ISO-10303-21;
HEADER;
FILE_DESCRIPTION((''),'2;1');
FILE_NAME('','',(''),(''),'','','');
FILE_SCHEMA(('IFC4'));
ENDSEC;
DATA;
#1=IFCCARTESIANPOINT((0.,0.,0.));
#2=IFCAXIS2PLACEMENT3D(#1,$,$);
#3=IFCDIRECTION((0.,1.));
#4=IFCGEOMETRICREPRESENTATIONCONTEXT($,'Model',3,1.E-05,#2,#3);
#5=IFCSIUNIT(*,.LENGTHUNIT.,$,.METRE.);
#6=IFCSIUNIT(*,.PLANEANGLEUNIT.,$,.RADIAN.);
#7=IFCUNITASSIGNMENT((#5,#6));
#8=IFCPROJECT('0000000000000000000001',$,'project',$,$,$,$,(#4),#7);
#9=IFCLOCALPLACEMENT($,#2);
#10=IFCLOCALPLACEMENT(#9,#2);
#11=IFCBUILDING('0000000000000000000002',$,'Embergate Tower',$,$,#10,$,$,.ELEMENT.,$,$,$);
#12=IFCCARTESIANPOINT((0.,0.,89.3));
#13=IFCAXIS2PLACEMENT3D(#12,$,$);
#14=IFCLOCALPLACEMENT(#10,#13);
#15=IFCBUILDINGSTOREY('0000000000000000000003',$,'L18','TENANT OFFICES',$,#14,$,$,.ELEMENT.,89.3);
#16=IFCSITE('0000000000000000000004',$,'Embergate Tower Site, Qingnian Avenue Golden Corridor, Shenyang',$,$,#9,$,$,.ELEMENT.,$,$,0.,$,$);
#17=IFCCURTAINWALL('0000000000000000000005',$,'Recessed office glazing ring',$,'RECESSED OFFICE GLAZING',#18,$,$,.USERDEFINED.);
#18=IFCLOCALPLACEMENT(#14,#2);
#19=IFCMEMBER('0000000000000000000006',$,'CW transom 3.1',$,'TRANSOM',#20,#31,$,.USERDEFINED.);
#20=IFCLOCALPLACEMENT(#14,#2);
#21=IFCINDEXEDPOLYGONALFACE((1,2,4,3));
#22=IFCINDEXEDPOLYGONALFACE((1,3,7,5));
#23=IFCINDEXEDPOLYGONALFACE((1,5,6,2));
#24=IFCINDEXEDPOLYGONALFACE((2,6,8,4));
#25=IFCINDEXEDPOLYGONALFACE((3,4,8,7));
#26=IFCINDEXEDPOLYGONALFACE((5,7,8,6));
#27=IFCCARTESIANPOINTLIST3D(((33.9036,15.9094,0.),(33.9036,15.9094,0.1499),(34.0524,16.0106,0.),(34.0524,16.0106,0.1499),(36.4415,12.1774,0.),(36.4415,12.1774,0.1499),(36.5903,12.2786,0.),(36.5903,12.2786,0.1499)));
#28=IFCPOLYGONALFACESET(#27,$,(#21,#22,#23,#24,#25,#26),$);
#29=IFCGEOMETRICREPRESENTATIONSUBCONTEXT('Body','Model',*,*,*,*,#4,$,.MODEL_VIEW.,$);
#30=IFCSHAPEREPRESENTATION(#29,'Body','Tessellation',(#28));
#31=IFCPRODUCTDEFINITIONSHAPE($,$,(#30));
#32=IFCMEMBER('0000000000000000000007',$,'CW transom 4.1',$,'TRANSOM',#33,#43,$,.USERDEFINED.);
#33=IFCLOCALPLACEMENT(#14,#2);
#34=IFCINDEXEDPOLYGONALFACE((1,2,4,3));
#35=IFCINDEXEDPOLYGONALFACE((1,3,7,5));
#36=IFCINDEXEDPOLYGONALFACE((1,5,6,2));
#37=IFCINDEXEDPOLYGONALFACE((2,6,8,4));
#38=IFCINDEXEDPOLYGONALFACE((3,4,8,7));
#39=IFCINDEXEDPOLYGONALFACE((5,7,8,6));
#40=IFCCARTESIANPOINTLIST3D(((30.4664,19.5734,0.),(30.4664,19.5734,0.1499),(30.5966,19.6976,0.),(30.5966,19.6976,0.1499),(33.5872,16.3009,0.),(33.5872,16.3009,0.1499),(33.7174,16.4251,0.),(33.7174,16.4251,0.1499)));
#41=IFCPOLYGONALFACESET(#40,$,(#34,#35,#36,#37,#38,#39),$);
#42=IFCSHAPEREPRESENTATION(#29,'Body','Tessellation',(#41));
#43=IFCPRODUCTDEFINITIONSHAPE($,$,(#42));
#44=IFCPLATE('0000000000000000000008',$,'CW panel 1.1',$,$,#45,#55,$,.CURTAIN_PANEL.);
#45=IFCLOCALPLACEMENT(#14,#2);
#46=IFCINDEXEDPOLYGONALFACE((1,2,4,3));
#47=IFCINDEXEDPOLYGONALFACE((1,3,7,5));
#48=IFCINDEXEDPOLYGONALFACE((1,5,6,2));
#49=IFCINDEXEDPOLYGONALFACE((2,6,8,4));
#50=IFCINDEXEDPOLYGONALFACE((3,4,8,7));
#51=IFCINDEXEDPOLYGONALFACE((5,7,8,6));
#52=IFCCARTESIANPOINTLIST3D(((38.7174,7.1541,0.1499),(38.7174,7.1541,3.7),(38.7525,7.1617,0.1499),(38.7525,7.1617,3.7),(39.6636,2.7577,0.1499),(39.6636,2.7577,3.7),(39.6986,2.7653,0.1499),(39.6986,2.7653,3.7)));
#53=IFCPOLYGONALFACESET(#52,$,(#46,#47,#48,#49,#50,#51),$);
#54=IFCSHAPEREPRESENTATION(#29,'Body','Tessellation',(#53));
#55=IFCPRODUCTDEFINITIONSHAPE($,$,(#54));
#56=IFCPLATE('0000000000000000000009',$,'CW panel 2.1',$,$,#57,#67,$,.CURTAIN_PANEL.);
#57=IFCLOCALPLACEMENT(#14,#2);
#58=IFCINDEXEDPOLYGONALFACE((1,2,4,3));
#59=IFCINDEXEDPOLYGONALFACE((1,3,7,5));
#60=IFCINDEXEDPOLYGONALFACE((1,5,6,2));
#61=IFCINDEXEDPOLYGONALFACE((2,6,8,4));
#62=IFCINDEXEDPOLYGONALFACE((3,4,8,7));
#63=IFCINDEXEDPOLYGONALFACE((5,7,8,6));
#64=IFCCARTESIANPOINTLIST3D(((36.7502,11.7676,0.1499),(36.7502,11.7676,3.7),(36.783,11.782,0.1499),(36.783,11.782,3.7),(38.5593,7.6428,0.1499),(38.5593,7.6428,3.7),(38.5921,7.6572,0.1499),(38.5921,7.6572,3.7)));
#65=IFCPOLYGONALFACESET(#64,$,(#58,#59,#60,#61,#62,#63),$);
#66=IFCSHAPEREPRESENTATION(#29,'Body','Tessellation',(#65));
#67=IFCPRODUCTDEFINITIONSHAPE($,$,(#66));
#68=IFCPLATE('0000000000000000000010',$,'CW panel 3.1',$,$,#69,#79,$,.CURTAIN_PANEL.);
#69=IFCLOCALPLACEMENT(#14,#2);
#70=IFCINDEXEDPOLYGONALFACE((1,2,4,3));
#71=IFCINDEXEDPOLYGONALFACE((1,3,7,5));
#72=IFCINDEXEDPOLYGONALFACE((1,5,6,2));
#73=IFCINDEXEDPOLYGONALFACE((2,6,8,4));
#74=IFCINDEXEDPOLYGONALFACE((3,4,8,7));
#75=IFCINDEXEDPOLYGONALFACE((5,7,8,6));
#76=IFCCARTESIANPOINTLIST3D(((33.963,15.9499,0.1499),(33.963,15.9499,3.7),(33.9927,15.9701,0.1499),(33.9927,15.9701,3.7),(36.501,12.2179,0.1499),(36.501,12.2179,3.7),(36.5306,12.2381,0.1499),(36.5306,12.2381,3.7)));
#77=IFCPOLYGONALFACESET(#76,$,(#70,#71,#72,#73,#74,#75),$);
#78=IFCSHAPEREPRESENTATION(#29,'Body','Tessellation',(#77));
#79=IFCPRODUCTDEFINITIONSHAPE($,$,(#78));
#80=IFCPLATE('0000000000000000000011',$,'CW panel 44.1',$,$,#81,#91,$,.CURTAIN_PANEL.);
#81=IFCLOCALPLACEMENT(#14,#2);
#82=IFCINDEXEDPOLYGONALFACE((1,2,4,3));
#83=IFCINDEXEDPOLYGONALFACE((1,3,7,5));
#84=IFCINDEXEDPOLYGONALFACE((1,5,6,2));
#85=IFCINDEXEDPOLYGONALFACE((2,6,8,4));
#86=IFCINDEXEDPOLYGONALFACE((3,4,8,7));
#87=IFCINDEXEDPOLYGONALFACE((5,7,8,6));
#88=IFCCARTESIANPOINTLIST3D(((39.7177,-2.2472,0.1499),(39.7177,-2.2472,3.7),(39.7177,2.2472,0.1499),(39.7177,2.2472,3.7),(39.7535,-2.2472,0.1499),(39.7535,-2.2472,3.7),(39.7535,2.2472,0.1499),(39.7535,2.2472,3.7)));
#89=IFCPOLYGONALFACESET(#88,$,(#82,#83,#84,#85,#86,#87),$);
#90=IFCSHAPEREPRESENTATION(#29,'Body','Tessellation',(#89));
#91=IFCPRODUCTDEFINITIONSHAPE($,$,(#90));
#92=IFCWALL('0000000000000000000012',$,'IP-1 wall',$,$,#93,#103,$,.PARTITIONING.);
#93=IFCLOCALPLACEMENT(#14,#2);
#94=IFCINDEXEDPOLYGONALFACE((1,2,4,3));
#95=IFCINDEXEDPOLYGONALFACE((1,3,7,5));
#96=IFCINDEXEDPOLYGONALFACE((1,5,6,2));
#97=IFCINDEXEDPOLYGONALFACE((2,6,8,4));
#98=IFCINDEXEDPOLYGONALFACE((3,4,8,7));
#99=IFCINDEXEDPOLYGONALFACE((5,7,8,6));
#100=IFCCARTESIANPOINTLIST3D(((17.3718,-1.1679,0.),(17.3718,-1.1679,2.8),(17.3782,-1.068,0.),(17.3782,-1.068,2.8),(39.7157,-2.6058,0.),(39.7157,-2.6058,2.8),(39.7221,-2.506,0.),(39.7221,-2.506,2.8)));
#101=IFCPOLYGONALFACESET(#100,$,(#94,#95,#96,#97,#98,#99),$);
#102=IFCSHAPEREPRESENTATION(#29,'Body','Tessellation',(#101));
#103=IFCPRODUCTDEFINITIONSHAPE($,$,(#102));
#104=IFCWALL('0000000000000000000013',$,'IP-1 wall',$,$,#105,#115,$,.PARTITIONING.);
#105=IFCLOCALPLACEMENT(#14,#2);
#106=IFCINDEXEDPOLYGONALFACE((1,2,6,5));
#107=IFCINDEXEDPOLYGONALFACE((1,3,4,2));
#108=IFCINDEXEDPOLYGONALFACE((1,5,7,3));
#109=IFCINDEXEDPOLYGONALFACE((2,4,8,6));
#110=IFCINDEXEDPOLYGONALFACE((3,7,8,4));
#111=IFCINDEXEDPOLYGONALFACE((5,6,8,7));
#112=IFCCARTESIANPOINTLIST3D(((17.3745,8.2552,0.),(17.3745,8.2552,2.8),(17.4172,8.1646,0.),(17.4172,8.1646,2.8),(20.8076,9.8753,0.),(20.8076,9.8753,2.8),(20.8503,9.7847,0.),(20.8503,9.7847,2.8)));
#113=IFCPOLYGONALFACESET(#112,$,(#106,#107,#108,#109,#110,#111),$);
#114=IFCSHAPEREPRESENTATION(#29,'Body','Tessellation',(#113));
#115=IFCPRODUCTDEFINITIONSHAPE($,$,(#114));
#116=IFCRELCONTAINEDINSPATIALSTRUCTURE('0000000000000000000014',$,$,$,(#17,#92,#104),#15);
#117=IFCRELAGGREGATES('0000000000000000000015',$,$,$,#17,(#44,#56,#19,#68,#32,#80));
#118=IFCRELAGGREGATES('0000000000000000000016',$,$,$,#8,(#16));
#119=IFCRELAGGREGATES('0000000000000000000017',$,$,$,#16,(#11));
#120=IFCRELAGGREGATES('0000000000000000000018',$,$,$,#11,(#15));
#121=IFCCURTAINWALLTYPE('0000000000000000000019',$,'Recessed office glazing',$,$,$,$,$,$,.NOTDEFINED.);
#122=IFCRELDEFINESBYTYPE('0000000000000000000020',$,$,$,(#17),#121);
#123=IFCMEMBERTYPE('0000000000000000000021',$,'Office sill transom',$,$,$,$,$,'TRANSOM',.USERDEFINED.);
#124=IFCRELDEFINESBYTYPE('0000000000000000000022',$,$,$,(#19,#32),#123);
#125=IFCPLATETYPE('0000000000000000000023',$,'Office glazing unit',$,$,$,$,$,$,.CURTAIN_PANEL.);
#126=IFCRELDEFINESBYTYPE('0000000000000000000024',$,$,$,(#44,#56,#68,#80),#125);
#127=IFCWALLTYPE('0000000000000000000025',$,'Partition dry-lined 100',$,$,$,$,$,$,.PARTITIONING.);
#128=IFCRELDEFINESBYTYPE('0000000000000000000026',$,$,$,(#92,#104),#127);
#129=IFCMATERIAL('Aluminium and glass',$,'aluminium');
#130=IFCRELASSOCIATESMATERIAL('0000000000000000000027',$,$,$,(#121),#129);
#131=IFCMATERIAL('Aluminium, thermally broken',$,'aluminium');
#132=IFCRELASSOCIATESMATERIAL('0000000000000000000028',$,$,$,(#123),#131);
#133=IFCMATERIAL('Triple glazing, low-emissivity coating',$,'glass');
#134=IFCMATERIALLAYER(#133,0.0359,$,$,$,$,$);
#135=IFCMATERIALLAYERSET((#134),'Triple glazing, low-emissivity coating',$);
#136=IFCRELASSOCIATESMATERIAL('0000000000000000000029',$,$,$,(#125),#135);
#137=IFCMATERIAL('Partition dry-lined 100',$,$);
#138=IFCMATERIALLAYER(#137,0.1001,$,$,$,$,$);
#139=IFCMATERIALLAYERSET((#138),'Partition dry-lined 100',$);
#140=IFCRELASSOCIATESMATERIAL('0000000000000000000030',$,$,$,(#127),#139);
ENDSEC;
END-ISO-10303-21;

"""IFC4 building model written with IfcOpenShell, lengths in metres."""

from ifc_helpers import new_model, si_unit, direction, frame, frame_2d, origin, origin_2d, place, context, subcontext, project, spatial, rectangle, extrude, source, transform, mapped, material, layer, layer_set, material_profile, profile_set, type_object, element, aggregate, save


model = new_model("IFC4")

# Units and contexts
model_context = context("Model", 3, precision=1e-05, world=origin(), true_north=direction((0.0, 1.0)))
body_context = subcontext(model_context, "Body", "Model", "MODEL_VIEW")
ifc_project = project(units=[si_unit("LENGTHUNIT", "METRE"), si_unit("PLANEANGLEUNIT", "RADIAN")], contexts=[model_context])

# Site, building, storey
site_placement = place(None, origin())
site = spatial("IfcSite", under=ifc_project, at=site_placement, Name="Embergate Tower Site, Qingnian Avenue Golden Corridor, Shenyang", CompositionType="ELEMENT", RefElevation=0.0)
building_placement = place(site_placement, origin())
building = spatial("IfcBuilding", under=site, at=building_placement, Name="Embergate Tower", CompositionType="ELEMENT")
storey_placement = place(building_placement, frame((0.0, 0.0, 89.3)))
storey = spatial("IfcBuildingStorey", under=building, at=storey_placement, Name="L18", Description="TENANT OFFICES", CompositionType="ELEMENT", Elevation=89.3)

# Curtain wall, members, plates
ifc_material_1 = material(Name="Aluminium and glass", Category="aluminium")
curtain_wall_type = type_object("IfcCurtainWallType", Name="Recessed office glazing", PredefinedType="NOTDEFINED", material=ifc_material_1)
curtain_wall_placement = place(storey_placement, origin())
curtain_wall = element("IfcCurtainWall", 1, at=curtain_wall_placement, inside=storey, type_object=curtain_wall_type, Name="Recessed office glazing ring", ObjectType="RECESSED OFFICE GLAZING", PredefinedType="USERDEFINED")
ifc_material_2 = material(Name="Aluminium, thermally broken", Category="aluminium")
ifc_material_profile_1 = material_profile(ifc_material_2, rectangle(XDim=0.1799, YDim=0.1499, at=origin_2d()), Name="AL 150x180")
ifc_profile_set_1 = profile_set([ifc_material_profile_1], Name="Aluminium, thermally broken")
member_type_1 = type_object("IfcMemberType", Name="Office sill transom", ElementType="TRANSOM", PredefinedType="USERDEFINED", material=ifc_profile_set_1)
shared_shape_1 = source(origin(), body_context, "Body", "SweptSolid", [
    extrude(rectangle(XDim=0.1799, YDim=0.1499, at=origin_2d()), origin(), (0.0, 0.0, 1.0), 4.5132),
])
member_1_placement = place(storey_placement, frame((36.5159, 12.228, 0.075), z_axis=(-0.562329, 0.826913, 0.0), x_axis=(-0.826913, -0.562329, 0.0)))
member_1 = element("IfcMember", 2, at=member_1_placement, type_object=member_type_1, Name="CW transom 3.1", ObjectType="TRANSOM", PredefinedType="USERDEFINED", context=body_context, shape_type="MappedRepresentation", body=[
    mapped(shared_shape_1, transform((0.0, 0.0, 0.0))),
])
shared_shape_2 = source(origin(), body_context, "Body", "SweptSolid", [
    extrude(rectangle(XDim=0.1799, YDim=0.1499, at=origin_2d()), origin(), (0.0, 0.0, 1.0), 4.522),
])
member_2_placement = place(storey_placement, frame((33.6523, 16.363, 0.075), z_axis=(-0.690144, 0.723672, 0.0), x_axis=(-0.723672, -0.690144, 0.0)))
member_2 = element("IfcMember", 3, at=member_2_placement, type_object=member_type_1, Name="CW transom 4.1", ObjectType="TRANSOM", PredefinedType="USERDEFINED", context=body_context, shape_type="MappedRepresentation", body=[
    mapped(shared_shape_2, transform((0.0, 0.0, 0.0))),
])
ifc_material_3 = material(Name="Triple glazing, low-emissivity coating", Category="glass")
ifc_layer_1 = layer(ifc_material_3, 0.0359)
ifc_layer_set_1 = layer_set([ifc_layer_1], Name="Triple glazing, low-emissivity coating")
plate_type = type_object("IfcPlateType", Name="Office glazing unit", PredefinedType="CURTAIN_PANEL", material=ifc_layer_set_1)
shared_shape_3 = source(origin(), body_context, "Body", "SweptSolid", [
    extrude(rectangle(XDim=4.4971, YDim=0.0359, at=origin_2d()), origin(), (0.0, 0.0, 1.0), 3.55),
])
plate_1_placement = place(storey_placement, frame((39.208, 4.9597, 0.1499), z_axis=(0.0, 0.0, 1.0), x_axis=(-0.210398, 0.977616, 0.0)))
plate_1 = element("IfcPlate", 4, at=plate_1_placement, type_object=plate_type, Name="CW panel 1.1", PredefinedType="CURTAIN_PANEL", context=body_context, shape_type="MappedRepresentation", body=[
    mapped(shared_shape_3, transform((0.0, 0.0, 0.0))),
])
shared_shape_4 = source(origin(), body_context, "Body", "SweptSolid", [
    extrude(rectangle(XDim=4.5042, YDim=0.0359, at=origin_2d()), origin(), (0.0, 0.0, 1.0), 3.55),
])
plate_2_placement = place(storey_placement, frame((37.6711, 9.7124, 0.1499), z_axis=(0.0, 0.0, 1.0), x_axis=(-0.401652, 0.915792, 0.0)))
plate_2 = element("IfcPlate", 5, at=plate_2_placement, type_object=plate_type, Name="CW panel 2.1", PredefinedType="CURTAIN_PANEL", context=body_context, shape_type="MappedRepresentation", body=[
    mapped(shared_shape_4, transform((0.0, 0.0, 0.0))),
])
shared_shape_5 = source(origin(), body_context, "Body", "SweptSolid", [
    extrude(rectangle(XDim=4.5132, YDim=0.0359, at=origin_2d()), origin(), (0.0, 0.0, 1.0), 3.55),
])
plate_3_placement = place(storey_placement, frame((35.2468, 14.094, 0.1499), z_axis=(0.0, 0.0, 1.0), x_axis=(-0.562343, 0.826904, 0.0)))
plate_3 = element("IfcPlate", 6, at=plate_3_placement, type_object=plate_type, Name="CW panel 3.1", PredefinedType="CURTAIN_PANEL", context=body_context, shape_type="MappedRepresentation", body=[
    mapped(shared_shape_5, transform((0.0, 0.0, 0.0))),
])
shared_shape_6 = source(origin(), body_context, "Body", "SweptSolid", [
    extrude(rectangle(XDim=4.4944, YDim=0.0359, at=origin_2d()), origin(), (0.0, 0.0, 1.0), 3.55),
])
plate_4_placement = place(storey_placement, frame((39.7356, 0.0, 0.1499), z_axis=(0.0, 0.0, 1.0), x_axis=(0.0, 1.0, 0.0)))
plate_4 = element("IfcPlate", 7, at=plate_4_placement, type_object=plate_type, Name="CW panel 44.1", PredefinedType="CURTAIN_PANEL", context=body_context, shape_type="MappedRepresentation", body=[
    mapped(shared_shape_6, transform((0.0, 0.0, 0.0))),
])
aggregate(curtain_wall, [plate_1, plate_2, member_1, plate_3, member_2, plate_4])

# Walls
ifc_material_4 = material(Name="Partition dry-lined 100")
ifc_layer_2 = layer(ifc_material_4, 0.1001)
ifc_layer_set_2 = layer_set([ifc_layer_2], Name="Partition dry-lined 100")
wall_type_1 = type_object("IfcWallType", Name="Partition dry-lined 100", PredefinedType="PARTITIONING", material=ifc_layer_set_2)
shared_shape_7 = source(origin(), body_context, "Body", "SweptSolid", [
    extrude(rectangle(XDim=22.3901, YDim=0.1001, at=frame_2d((11.1951, 0.0))), origin(), (0.0, 0.0, 1.0), 2.8),
])
wall_1_placement = place(storey_placement, frame((17.375, -1.1179, 0.0), z_axis=(0.0, 0.0, 1.0), x_axis=(0.997936, -0.064224, 0.0)))
element("IfcWall", 8, at=wall_1_placement, inside=storey, type_object=wall_type_1, Name="IP-1 wall", PredefinedType="PARTITIONING", context=body_context, shape_type="MappedRepresentation", body=[
    mapped(shared_shape_7, transform((0.0, 0.0, 0.0))),
])
shared_shape_8 = source(origin(), body_context, "Body", "SweptSolid", [
    extrude(rectangle(XDim=3.7961, YDim=0.1001, at=frame_2d((1.8979, 0.0))), origin(), (0.0, 0.0, 1.0), 2.8),
])
wall_2_placement = place(storey_placement, frame((17.396, 8.21, 0.0), z_axis=(0.0, 0.0, 1.0), x_axis=(0.904358, 0.426775, 0.0)))
element("IfcWall", 9, at=wall_2_placement, inside=storey, type_object=wall_type_1, Name="IP-1 wall", PredefinedType="PARTITIONING", context=body_context, shape_type="MappedRepresentation", body=[
    mapped(shared_shape_8, transform((0.0, 0.0, 0.0))),
])

save(model, "model.ifc")
